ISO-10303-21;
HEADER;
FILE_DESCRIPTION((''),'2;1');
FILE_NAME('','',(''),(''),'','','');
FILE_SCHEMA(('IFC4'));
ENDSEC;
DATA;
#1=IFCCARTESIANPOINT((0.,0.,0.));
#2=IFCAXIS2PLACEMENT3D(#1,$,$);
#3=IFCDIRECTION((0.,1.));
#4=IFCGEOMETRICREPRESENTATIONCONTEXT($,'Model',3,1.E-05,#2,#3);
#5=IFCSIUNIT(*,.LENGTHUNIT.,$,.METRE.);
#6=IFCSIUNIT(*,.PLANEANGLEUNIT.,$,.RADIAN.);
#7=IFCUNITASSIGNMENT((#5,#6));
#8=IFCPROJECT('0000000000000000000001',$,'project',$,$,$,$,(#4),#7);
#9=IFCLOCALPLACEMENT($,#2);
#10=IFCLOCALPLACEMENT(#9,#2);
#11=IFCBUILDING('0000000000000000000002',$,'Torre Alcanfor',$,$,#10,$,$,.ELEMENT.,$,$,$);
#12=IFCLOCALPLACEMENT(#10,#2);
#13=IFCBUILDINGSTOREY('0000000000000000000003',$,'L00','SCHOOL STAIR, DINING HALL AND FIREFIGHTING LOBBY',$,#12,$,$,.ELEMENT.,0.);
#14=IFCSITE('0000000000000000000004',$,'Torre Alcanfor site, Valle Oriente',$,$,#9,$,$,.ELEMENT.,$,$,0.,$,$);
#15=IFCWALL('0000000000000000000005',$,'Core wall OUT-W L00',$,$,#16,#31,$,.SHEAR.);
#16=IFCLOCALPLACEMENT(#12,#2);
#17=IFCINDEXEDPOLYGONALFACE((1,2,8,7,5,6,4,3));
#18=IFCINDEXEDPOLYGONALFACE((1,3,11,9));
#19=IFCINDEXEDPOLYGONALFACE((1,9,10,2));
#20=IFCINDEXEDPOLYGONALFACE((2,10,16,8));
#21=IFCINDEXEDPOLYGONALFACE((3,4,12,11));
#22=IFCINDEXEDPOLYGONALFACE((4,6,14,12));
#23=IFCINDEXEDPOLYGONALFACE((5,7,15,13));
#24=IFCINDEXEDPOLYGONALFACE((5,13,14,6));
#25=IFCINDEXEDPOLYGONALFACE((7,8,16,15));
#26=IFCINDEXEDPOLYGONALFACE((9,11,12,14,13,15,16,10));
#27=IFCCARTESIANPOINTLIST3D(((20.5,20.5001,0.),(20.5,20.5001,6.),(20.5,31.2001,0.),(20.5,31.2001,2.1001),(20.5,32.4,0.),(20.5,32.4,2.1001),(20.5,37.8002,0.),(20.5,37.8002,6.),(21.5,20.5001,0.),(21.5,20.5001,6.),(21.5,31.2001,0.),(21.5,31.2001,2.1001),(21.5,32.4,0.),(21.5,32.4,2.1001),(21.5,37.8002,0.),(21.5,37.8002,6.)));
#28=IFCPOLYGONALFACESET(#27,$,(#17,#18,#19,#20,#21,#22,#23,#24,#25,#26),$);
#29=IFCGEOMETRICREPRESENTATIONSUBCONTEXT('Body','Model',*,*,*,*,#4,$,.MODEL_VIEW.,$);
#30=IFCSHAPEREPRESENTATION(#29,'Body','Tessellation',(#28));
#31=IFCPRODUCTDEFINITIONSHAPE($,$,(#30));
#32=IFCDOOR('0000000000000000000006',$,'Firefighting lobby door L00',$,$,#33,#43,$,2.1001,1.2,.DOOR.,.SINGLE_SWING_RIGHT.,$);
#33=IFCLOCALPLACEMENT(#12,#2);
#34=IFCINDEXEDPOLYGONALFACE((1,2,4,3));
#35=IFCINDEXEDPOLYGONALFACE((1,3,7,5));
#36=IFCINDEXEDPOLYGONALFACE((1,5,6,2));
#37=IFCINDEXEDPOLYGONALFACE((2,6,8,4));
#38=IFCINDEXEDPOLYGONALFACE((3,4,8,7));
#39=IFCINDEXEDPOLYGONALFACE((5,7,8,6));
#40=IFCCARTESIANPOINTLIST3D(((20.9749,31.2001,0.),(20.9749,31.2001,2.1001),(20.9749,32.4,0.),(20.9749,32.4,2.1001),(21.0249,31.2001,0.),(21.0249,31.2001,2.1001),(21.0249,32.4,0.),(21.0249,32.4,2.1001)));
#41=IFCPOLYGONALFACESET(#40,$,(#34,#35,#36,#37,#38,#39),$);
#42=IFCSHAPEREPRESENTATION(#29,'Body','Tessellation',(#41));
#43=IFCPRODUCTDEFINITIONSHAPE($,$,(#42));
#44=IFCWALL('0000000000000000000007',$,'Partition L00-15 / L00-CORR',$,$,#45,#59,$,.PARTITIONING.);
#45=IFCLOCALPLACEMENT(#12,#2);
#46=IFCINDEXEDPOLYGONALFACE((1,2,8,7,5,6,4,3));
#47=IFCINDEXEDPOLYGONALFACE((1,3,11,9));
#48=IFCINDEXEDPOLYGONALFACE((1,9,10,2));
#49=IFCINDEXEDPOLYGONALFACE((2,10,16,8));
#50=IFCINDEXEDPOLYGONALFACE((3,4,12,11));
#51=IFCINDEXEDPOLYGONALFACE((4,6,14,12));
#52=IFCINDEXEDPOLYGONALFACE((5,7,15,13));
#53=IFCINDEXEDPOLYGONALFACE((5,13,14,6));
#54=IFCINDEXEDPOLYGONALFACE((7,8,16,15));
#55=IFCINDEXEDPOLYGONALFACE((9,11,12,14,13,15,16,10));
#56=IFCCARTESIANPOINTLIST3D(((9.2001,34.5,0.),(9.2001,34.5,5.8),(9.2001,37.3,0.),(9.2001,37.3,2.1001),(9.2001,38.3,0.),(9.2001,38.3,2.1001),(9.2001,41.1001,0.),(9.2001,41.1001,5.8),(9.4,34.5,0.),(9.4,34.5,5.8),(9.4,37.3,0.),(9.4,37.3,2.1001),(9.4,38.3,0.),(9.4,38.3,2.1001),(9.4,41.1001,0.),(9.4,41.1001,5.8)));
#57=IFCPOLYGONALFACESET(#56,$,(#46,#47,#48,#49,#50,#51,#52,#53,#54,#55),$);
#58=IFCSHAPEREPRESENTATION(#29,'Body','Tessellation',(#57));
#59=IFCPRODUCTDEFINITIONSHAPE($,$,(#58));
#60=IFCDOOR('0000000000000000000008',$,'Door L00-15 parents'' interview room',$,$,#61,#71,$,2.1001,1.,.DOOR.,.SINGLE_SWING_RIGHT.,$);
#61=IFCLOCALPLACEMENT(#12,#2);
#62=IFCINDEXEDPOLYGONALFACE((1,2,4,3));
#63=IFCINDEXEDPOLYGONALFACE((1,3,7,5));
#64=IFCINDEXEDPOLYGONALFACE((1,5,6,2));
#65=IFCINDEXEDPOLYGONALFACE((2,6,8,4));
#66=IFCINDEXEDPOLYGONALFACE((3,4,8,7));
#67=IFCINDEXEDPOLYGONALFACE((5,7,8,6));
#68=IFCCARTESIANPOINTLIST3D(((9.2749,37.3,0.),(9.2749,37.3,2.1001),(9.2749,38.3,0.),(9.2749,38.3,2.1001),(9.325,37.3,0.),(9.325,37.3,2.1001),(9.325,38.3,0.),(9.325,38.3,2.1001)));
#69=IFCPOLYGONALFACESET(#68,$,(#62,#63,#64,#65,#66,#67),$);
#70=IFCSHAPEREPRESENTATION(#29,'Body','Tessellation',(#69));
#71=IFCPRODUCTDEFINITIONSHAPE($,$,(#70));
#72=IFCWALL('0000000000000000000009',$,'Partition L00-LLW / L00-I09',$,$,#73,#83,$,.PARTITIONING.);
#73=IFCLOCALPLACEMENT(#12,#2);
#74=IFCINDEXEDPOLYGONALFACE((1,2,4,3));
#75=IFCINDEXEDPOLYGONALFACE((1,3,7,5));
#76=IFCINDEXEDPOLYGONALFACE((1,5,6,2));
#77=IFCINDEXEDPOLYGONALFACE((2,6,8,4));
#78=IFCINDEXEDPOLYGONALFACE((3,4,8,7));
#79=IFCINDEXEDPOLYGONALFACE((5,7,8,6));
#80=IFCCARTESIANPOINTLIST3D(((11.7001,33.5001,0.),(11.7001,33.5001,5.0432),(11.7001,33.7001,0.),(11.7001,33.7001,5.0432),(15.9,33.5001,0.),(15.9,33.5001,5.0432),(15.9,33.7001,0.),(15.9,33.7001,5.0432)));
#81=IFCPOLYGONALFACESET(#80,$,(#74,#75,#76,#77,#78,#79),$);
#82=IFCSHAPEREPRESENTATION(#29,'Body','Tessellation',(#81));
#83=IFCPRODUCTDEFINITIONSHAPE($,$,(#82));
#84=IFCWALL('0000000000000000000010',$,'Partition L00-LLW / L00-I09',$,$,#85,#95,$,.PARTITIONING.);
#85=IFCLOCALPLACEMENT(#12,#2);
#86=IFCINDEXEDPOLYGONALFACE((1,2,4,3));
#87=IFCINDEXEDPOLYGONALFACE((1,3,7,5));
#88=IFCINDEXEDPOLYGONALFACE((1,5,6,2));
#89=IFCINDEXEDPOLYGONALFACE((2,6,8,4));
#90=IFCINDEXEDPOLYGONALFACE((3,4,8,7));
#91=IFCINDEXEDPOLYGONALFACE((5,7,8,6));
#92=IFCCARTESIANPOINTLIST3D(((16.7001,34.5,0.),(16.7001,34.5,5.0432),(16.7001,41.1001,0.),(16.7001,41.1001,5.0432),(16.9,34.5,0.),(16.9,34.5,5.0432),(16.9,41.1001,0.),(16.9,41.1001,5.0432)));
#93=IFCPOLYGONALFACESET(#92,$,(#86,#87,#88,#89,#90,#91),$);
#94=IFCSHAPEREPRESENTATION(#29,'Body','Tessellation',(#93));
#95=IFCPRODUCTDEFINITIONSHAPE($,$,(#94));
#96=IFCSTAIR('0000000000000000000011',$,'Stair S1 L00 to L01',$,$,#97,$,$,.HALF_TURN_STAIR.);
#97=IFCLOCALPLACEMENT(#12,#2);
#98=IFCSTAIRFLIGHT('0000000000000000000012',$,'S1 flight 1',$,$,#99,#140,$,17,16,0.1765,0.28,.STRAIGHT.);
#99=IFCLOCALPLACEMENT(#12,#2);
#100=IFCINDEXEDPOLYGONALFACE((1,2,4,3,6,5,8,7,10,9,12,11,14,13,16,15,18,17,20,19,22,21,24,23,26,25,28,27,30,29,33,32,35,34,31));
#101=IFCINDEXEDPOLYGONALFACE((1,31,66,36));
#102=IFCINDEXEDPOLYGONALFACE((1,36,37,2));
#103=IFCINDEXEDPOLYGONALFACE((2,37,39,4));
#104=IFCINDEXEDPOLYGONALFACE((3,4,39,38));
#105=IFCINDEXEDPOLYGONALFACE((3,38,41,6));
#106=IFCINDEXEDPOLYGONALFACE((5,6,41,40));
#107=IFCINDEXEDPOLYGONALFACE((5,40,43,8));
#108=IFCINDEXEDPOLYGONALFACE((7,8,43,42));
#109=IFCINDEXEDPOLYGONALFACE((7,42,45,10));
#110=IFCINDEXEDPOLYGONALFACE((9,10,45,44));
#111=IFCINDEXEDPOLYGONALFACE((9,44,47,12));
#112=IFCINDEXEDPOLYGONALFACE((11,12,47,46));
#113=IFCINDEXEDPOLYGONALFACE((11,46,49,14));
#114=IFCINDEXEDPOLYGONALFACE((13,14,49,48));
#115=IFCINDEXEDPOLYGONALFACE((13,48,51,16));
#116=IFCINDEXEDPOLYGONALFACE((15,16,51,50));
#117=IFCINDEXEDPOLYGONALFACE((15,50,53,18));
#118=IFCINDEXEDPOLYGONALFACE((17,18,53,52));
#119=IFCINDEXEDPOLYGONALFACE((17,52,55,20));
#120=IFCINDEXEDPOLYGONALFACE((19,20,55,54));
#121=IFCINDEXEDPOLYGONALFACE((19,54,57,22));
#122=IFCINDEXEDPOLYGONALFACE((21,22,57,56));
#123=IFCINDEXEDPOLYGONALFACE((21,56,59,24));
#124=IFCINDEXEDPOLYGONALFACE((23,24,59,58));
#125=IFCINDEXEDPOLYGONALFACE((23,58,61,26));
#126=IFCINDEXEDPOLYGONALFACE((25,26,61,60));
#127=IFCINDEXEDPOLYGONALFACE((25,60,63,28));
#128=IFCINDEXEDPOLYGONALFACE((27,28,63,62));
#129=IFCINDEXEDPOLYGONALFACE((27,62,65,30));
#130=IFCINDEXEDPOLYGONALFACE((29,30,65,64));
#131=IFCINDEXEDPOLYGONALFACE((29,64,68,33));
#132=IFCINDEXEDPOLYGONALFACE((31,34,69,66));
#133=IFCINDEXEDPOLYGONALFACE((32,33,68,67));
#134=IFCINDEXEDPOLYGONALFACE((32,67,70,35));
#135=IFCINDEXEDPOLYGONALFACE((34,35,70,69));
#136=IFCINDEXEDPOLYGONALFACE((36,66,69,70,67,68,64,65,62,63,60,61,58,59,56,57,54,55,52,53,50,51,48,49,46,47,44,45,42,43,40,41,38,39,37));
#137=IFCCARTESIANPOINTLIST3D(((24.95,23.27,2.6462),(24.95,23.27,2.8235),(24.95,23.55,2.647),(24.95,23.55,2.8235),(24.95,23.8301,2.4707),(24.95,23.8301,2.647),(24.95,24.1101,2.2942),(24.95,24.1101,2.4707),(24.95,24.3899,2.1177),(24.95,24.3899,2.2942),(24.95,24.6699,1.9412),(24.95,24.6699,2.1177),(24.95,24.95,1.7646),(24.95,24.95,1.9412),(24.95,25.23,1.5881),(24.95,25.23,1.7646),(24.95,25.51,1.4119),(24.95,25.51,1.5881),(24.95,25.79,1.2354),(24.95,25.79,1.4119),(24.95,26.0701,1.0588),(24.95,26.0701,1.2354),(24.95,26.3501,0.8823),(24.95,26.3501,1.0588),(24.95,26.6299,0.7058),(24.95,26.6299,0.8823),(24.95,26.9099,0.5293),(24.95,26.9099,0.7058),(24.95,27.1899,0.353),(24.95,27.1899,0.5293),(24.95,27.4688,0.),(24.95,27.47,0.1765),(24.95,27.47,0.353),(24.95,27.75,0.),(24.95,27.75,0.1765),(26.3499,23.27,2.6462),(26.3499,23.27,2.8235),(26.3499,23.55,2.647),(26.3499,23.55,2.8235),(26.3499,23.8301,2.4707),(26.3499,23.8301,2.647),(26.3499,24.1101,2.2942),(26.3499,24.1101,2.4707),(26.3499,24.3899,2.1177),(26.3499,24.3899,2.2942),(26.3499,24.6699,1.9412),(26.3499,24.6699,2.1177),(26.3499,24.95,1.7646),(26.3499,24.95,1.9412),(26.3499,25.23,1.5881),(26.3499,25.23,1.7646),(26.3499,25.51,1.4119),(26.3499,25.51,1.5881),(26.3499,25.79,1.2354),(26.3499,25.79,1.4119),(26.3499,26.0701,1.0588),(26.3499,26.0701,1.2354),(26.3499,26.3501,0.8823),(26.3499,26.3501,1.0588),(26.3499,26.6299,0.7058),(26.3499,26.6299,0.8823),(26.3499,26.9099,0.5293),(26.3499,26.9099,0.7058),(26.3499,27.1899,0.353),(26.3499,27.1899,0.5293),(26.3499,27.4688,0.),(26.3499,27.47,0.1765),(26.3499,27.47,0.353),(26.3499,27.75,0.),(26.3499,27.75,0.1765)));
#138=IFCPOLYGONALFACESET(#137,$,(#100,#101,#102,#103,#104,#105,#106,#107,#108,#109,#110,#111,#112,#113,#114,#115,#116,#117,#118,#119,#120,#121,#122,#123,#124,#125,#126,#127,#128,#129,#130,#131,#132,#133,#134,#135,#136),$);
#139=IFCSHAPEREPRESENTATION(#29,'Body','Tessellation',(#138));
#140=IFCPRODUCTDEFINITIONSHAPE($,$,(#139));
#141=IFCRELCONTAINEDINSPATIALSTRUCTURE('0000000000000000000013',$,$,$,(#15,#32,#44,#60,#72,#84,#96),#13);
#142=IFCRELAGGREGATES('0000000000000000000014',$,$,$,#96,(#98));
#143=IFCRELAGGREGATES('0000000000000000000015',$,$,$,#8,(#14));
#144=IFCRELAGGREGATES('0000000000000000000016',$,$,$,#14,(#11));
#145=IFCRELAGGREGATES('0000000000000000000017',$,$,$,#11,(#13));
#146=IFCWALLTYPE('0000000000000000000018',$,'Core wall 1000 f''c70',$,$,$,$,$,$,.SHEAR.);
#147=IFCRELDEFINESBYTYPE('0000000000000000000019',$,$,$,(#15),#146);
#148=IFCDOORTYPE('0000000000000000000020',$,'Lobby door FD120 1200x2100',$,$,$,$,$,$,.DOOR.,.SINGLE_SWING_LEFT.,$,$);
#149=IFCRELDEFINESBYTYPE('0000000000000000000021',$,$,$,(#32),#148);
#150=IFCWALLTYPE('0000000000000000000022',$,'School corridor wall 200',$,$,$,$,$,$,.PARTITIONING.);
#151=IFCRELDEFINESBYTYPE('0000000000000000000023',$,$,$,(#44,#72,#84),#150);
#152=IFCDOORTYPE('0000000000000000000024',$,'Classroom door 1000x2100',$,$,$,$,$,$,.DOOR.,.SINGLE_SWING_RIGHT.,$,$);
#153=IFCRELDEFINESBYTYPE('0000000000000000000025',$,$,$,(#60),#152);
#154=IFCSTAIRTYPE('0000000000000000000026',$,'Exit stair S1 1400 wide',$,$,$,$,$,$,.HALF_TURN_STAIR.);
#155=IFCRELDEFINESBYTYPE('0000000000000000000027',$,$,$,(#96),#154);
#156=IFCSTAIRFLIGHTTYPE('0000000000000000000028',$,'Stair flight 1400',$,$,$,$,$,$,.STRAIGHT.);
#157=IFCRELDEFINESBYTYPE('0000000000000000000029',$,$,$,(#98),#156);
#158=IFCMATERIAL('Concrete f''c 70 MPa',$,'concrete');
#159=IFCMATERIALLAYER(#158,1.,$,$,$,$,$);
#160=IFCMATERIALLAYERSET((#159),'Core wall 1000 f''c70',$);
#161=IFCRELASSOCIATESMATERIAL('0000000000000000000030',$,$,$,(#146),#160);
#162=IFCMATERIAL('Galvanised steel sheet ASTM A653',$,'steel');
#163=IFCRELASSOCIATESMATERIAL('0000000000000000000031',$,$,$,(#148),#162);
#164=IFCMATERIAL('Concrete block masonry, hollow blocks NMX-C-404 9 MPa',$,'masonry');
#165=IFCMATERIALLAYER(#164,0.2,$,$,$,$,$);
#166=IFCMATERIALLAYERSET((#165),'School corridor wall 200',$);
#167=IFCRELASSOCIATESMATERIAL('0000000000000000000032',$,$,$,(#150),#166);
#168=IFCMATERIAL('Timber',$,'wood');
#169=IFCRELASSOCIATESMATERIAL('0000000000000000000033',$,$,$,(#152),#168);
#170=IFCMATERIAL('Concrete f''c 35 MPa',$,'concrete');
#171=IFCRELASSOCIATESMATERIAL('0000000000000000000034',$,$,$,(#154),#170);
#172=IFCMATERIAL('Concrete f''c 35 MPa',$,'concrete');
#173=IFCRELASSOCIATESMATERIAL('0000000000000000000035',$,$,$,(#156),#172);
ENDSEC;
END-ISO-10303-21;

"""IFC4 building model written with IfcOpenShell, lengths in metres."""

from ifc_helpers import new_model, si_unit, direction, frame, frame_2d, origin, place, context, subcontext, project, spatial, polyline, rectangle, outline, extrude, material, layer, layer_set, type_object, element, fill, aggregate, save


model = new_model("IFC4")

# Units and contexts
model_context = context("Model", 3, precision=1e-05, world=origin(), true_north=direction((0.0, 1.0)))
body_context = subcontext(model_context, "Body", "Model", "MODEL_VIEW")
ifc_project = project(units=[si_unit("LENGTHUNIT", "METRE"), si_unit("PLANEANGLEUNIT", "RADIAN")], contexts=[model_context])

# Site, building, storey
site_placement = place(None, origin())
site = spatial("IfcSite", under=ifc_project, at=site_placement, Name="Torre Alcanfor site, Valle Oriente", CompositionType="ELEMENT", RefElevation=0.0)
building_placement = place(site_placement, origin())
building = spatial("IfcBuilding", under=site, at=building_placement, Name="Torre Alcanfor", CompositionType="ELEMENT")
storey_placement = place(building_placement, origin())
storey = spatial("IfcBuildingStorey", under=building, at=storey_placement, Name="L00", Description="SCHOOL STAIR, DINING HALL AND FIREFIGHTING LOBBY", CompositionType="ELEMENT", Elevation=0.0)

# Walls, openings, doors
ifc_material_1 = material(Name="Concrete f'c 70 MPa", Category="concrete")
ifc_layer_1 = layer(ifc_material_1, 1.0)
ifc_layer_set_1 = layer_set([ifc_layer_1], Name="Core wall 1000 f'c70")
wall_type_1 = type_object("IfcWallType", Name="Core wall 1000 f'c70", PredefinedType="SHEAR", material=ifc_layer_set_1)
wall_1_placement = place(storey_placement, frame((21.0, 37.8, 0.0), z_axis=(0.0, 0.0, 1.0), x_axis=(0.0, -1.0, 0.0)))
wall_1 = element("IfcWall", 1, at=wall_1_placement, inside=storey, type_object=wall_type_1, Name="Core wall OUT-W L00", PredefinedType="SHEAR", context=body_context, shape_type="SweptSolid", body=[
    extrude(rectangle(XDim=17.3, YDim=1.0, at=frame_2d((8.6499, 0.0))), origin(), (0.0, 0.0, 1.0), 6.0),
])
opening_1_placement = place(wall_1_placement, frame((5.3999, 0.0, 0.0)))
opening_1 = element("IfcOpeningElement", 2, at=opening_1_placement, cuts=wall_1, PredefinedType="OPENING", context=body_context, shape_type="SweptSolid", body=[
    extrude(rectangle(XDim=1.2, YDim=2.1001, at=frame_2d((0.6001, 1.05))), frame((0.0, 0.51, 0.0), z_axis=(0.0, -1.0, 0.0), x_axis=(1.0, 0.0, 0.0)), (0.0, 0.0, 1.0), 1.02),
])
ifc_material_2 = material(Name="Galvanised steel sheet ASTM A653", Category="steel")
door_type_1 = type_object("IfcDoorType", Name="Lobby door FD120 1200x2100", OperationType="SINGLE_SWING_LEFT", PredefinedType="DOOR", material=ifc_material_2)
door_1_placement = place(opening_1_placement, frame((1.2, 0.0, 0.0), z_axis=(0.0, 0.0, 1.0), x_axis=(-1.0, 0.0, 0.0)))
door_1 = element("IfcDoor", 3, at=door_1_placement, inside=storey, type_object=door_type_1, Name="Firefighting lobby door L00", OperationType="SINGLE_SWING_RIGHT", OverallHeight=2.1001, OverallWidth=1.2, PredefinedType="DOOR", context=body_context, shape_type="SweptSolid", body=[
    extrude(rectangle(XDim=1.2, YDim=2.1001, at=frame_2d((0.5999, 1.05))), frame((0.0, 0.0251, 0.0), z_axis=(0.0, -1.0, 0.0), x_axis=(1.0, 0.0, 0.0)), (0.0, 0.0, 1.0), 0.05),
])
fill(opening_1, door_1)
ifc_material_3 = material(Name="Concrete block masonry, hollow blocks NMX-C-404 9 MPa", Category="masonry")
ifc_layer_2 = layer(ifc_material_3, 0.2)
ifc_layer_set_2 = layer_set([ifc_layer_2], Name="School corridor wall 200")
wall_type_2 = type_object("IfcWallType", Name="School corridor wall 200", PredefinedType="PARTITIONING", material=ifc_layer_set_2)
wall_2_placement = place(storey_placement, frame((9.3, 41.1001, 0.0), z_axis=(0.0, 0.0, 1.0), x_axis=(0.0, -1.0, 0.0)))
wall_2 = element("IfcWall", 4, at=wall_2_placement, inside=storey, type_object=wall_type_2, Name="Partition L00-15 / L00-CORR", PredefinedType="PARTITIONING", context=body_context, shape_type="SweptSolid", body=[
    extrude(rectangle(XDim=6.6001, YDim=0.2, at=frame_2d((3.3, 0.0))), origin(), (0.0, 0.0, 1.0), 5.8),
])
opening_2_placement = place(wall_2_placement, frame((2.8, 0.0, 0.0)))
opening_2 = element("IfcOpeningElement", 5, at=opening_2_placement, cuts=wall_2, PredefinedType="OPENING", context=body_context, shape_type="SweptSolid", body=[
    extrude(rectangle(XDim=1.0, YDim=2.1001, at=frame_2d((0.5, 1.05))), frame((0.0, 0.1099, 0.0), z_axis=(0.0, -1.0, 0.0), x_axis=(1.0, 0.0, 0.0)), (0.0, 0.0, 1.0), 0.22),
])
ifc_material_4 = material(Name="Timber", Category="wood")
door_type_2 = type_object("IfcDoorType", Name="Classroom door 1000x2100", OperationType="SINGLE_SWING_RIGHT", PredefinedType="DOOR", material=ifc_material_4)
door_2_placement = place(opening_2_placement, frame((1.0, 0.0, 0.0), z_axis=(0.0, 0.0, 1.0), x_axis=(-1.0, 0.0, 0.0)))
door_2 = element("IfcDoor", 6, at=door_2_placement, inside=storey, type_object=door_type_2, Name="Door L00-15 parents' interview room", OperationType="SINGLE_SWING_RIGHT", OverallHeight=2.1001, OverallWidth=1.0, PredefinedType="DOOR", context=body_context, shape_type="SweptSolid", body=[
    extrude(rectangle(XDim=1.0, YDim=2.1001, at=frame_2d((0.5, 1.05))), frame((0.0, 0.0251, 0.0), z_axis=(0.0, -1.0, 0.0), x_axis=(1.0, 0.0, 0.0)), (0.0, 0.0, 1.0), 0.05),
])
fill(opening_2, door_2)

# Walls
wall_3_placement = place(storey_placement, frame((11.7, 33.6001, 0.0), z_axis=(0.0, 0.0, 1.0), x_axis=(1.0, 0.0, 0.0)))
element("IfcWall", 7, at=wall_3_placement, inside=storey, type_object=wall_type_2, Name="Partition L00-LLW / L00-I09", PredefinedType="PARTITIONING", context=body_context, shape_type="SweptSolid", body=[
    extrude(rectangle(XDim=4.2, YDim=0.2, at=frame_2d((2.1001, 0.0))), origin(), (0.0, 0.0, 1.0), 5.0432),
])
wall_4_placement = place(storey_placement, frame((16.8, 34.5, 0.0), z_axis=(0.0, 0.0, 1.0), x_axis=(0.0, 1.0, 0.0)))
element("IfcWall", 8, at=wall_4_placement, inside=storey, type_object=wall_type_2, Name="Partition L00-LLW / L00-I09", PredefinedType="PARTITIONING", context=body_context, shape_type="SweptSolid", body=[
    extrude(rectangle(XDim=6.6001, YDim=0.2, at=frame_2d((3.3, 0.0))), origin(), (0.0, 0.0, 1.0), 5.0432),
])

# Stair, stair flight
ifc_material_5 = material(Name="Concrete f'c 35 MPa", Category="concrete")
stair_type = type_object("IfcStairType", Name="Exit stair S1 1400 wide", PredefinedType="HALF_TURN_STAIR", material=ifc_material_5)
stair_placement = place(storey_placement, origin())
stair = element("IfcStair", 9, at=stair_placement, inside=storey, type_object=stair_type, Name="Stair S1 L00 to L01", PredefinedType="HALF_TURN_STAIR")
ifc_material_6 = material(Name="Concrete f'c 35 MPa", Category="concrete")
stair_flight_type = type_object("IfcStairFlightType", Name="Stair flight 1400", PredefinedType="STRAIGHT", material=ifc_material_6)
stair_flight_placement = place(storey_placement, frame((25.6499, 27.75, 0.0), z_axis=(0.0, 0.0, 1.0), x_axis=(0.0, -1.0, 0.0)))
stair_flight = element("IfcStairFlight", 10, at=stair_flight_placement, type_object=stair_flight_type, Name="S1 flight 1", NumberOfRisers=17, NumberOfTreads=16, PredefinedType="STRAIGHT", RiserHeight=0.1765, TreadLength=0.28, context=body_context, shape_type="SweptSolid", body=[
    extrude(outline(polyline([(0.0, 0.0), (0.0, 0.1765), (0.28, 0.1765), (0.28, 0.353), (0.5601, 0.353), (0.5601, 0.5293), (0.8401, 0.5293), (0.8401, 0.7058), (1.1201, 0.7058), (1.1201, 0.8823), (1.3999, 0.8823), (1.3999, 1.0588), (1.6799, 1.0588), (1.6799, 1.2354), (1.96, 1.2354), (1.96, 1.4119), (2.24, 1.4119), (2.24, 1.5881), (2.52, 1.5881), (2.52, 1.7646), (2.8, 1.7646), (2.8, 1.9412), (3.0801, 1.9412), (3.0801, 2.1177), (3.3601, 2.1177), (3.3601, 2.2942), (3.6399, 2.2942), (3.6399, 2.4707), (3.9199, 2.4707), (3.9199, 2.647), (4.2, 2.647), (4.2, 2.8235), (4.48, 2.8235), (4.48, 3.0), (4.48, 2.6462), (0.2812, 0.0), (0.0, 0.0)])), frame((0.0, 0.7, 0.0), z_axis=(0.0, -1.0, 0.0), x_axis=(1.0, 0.0, 0.0)), (0.0, 0.0, 1.0), 1.3999),
])
aggregate(stair, [stair_flight])

save(model, "model.ifc")
